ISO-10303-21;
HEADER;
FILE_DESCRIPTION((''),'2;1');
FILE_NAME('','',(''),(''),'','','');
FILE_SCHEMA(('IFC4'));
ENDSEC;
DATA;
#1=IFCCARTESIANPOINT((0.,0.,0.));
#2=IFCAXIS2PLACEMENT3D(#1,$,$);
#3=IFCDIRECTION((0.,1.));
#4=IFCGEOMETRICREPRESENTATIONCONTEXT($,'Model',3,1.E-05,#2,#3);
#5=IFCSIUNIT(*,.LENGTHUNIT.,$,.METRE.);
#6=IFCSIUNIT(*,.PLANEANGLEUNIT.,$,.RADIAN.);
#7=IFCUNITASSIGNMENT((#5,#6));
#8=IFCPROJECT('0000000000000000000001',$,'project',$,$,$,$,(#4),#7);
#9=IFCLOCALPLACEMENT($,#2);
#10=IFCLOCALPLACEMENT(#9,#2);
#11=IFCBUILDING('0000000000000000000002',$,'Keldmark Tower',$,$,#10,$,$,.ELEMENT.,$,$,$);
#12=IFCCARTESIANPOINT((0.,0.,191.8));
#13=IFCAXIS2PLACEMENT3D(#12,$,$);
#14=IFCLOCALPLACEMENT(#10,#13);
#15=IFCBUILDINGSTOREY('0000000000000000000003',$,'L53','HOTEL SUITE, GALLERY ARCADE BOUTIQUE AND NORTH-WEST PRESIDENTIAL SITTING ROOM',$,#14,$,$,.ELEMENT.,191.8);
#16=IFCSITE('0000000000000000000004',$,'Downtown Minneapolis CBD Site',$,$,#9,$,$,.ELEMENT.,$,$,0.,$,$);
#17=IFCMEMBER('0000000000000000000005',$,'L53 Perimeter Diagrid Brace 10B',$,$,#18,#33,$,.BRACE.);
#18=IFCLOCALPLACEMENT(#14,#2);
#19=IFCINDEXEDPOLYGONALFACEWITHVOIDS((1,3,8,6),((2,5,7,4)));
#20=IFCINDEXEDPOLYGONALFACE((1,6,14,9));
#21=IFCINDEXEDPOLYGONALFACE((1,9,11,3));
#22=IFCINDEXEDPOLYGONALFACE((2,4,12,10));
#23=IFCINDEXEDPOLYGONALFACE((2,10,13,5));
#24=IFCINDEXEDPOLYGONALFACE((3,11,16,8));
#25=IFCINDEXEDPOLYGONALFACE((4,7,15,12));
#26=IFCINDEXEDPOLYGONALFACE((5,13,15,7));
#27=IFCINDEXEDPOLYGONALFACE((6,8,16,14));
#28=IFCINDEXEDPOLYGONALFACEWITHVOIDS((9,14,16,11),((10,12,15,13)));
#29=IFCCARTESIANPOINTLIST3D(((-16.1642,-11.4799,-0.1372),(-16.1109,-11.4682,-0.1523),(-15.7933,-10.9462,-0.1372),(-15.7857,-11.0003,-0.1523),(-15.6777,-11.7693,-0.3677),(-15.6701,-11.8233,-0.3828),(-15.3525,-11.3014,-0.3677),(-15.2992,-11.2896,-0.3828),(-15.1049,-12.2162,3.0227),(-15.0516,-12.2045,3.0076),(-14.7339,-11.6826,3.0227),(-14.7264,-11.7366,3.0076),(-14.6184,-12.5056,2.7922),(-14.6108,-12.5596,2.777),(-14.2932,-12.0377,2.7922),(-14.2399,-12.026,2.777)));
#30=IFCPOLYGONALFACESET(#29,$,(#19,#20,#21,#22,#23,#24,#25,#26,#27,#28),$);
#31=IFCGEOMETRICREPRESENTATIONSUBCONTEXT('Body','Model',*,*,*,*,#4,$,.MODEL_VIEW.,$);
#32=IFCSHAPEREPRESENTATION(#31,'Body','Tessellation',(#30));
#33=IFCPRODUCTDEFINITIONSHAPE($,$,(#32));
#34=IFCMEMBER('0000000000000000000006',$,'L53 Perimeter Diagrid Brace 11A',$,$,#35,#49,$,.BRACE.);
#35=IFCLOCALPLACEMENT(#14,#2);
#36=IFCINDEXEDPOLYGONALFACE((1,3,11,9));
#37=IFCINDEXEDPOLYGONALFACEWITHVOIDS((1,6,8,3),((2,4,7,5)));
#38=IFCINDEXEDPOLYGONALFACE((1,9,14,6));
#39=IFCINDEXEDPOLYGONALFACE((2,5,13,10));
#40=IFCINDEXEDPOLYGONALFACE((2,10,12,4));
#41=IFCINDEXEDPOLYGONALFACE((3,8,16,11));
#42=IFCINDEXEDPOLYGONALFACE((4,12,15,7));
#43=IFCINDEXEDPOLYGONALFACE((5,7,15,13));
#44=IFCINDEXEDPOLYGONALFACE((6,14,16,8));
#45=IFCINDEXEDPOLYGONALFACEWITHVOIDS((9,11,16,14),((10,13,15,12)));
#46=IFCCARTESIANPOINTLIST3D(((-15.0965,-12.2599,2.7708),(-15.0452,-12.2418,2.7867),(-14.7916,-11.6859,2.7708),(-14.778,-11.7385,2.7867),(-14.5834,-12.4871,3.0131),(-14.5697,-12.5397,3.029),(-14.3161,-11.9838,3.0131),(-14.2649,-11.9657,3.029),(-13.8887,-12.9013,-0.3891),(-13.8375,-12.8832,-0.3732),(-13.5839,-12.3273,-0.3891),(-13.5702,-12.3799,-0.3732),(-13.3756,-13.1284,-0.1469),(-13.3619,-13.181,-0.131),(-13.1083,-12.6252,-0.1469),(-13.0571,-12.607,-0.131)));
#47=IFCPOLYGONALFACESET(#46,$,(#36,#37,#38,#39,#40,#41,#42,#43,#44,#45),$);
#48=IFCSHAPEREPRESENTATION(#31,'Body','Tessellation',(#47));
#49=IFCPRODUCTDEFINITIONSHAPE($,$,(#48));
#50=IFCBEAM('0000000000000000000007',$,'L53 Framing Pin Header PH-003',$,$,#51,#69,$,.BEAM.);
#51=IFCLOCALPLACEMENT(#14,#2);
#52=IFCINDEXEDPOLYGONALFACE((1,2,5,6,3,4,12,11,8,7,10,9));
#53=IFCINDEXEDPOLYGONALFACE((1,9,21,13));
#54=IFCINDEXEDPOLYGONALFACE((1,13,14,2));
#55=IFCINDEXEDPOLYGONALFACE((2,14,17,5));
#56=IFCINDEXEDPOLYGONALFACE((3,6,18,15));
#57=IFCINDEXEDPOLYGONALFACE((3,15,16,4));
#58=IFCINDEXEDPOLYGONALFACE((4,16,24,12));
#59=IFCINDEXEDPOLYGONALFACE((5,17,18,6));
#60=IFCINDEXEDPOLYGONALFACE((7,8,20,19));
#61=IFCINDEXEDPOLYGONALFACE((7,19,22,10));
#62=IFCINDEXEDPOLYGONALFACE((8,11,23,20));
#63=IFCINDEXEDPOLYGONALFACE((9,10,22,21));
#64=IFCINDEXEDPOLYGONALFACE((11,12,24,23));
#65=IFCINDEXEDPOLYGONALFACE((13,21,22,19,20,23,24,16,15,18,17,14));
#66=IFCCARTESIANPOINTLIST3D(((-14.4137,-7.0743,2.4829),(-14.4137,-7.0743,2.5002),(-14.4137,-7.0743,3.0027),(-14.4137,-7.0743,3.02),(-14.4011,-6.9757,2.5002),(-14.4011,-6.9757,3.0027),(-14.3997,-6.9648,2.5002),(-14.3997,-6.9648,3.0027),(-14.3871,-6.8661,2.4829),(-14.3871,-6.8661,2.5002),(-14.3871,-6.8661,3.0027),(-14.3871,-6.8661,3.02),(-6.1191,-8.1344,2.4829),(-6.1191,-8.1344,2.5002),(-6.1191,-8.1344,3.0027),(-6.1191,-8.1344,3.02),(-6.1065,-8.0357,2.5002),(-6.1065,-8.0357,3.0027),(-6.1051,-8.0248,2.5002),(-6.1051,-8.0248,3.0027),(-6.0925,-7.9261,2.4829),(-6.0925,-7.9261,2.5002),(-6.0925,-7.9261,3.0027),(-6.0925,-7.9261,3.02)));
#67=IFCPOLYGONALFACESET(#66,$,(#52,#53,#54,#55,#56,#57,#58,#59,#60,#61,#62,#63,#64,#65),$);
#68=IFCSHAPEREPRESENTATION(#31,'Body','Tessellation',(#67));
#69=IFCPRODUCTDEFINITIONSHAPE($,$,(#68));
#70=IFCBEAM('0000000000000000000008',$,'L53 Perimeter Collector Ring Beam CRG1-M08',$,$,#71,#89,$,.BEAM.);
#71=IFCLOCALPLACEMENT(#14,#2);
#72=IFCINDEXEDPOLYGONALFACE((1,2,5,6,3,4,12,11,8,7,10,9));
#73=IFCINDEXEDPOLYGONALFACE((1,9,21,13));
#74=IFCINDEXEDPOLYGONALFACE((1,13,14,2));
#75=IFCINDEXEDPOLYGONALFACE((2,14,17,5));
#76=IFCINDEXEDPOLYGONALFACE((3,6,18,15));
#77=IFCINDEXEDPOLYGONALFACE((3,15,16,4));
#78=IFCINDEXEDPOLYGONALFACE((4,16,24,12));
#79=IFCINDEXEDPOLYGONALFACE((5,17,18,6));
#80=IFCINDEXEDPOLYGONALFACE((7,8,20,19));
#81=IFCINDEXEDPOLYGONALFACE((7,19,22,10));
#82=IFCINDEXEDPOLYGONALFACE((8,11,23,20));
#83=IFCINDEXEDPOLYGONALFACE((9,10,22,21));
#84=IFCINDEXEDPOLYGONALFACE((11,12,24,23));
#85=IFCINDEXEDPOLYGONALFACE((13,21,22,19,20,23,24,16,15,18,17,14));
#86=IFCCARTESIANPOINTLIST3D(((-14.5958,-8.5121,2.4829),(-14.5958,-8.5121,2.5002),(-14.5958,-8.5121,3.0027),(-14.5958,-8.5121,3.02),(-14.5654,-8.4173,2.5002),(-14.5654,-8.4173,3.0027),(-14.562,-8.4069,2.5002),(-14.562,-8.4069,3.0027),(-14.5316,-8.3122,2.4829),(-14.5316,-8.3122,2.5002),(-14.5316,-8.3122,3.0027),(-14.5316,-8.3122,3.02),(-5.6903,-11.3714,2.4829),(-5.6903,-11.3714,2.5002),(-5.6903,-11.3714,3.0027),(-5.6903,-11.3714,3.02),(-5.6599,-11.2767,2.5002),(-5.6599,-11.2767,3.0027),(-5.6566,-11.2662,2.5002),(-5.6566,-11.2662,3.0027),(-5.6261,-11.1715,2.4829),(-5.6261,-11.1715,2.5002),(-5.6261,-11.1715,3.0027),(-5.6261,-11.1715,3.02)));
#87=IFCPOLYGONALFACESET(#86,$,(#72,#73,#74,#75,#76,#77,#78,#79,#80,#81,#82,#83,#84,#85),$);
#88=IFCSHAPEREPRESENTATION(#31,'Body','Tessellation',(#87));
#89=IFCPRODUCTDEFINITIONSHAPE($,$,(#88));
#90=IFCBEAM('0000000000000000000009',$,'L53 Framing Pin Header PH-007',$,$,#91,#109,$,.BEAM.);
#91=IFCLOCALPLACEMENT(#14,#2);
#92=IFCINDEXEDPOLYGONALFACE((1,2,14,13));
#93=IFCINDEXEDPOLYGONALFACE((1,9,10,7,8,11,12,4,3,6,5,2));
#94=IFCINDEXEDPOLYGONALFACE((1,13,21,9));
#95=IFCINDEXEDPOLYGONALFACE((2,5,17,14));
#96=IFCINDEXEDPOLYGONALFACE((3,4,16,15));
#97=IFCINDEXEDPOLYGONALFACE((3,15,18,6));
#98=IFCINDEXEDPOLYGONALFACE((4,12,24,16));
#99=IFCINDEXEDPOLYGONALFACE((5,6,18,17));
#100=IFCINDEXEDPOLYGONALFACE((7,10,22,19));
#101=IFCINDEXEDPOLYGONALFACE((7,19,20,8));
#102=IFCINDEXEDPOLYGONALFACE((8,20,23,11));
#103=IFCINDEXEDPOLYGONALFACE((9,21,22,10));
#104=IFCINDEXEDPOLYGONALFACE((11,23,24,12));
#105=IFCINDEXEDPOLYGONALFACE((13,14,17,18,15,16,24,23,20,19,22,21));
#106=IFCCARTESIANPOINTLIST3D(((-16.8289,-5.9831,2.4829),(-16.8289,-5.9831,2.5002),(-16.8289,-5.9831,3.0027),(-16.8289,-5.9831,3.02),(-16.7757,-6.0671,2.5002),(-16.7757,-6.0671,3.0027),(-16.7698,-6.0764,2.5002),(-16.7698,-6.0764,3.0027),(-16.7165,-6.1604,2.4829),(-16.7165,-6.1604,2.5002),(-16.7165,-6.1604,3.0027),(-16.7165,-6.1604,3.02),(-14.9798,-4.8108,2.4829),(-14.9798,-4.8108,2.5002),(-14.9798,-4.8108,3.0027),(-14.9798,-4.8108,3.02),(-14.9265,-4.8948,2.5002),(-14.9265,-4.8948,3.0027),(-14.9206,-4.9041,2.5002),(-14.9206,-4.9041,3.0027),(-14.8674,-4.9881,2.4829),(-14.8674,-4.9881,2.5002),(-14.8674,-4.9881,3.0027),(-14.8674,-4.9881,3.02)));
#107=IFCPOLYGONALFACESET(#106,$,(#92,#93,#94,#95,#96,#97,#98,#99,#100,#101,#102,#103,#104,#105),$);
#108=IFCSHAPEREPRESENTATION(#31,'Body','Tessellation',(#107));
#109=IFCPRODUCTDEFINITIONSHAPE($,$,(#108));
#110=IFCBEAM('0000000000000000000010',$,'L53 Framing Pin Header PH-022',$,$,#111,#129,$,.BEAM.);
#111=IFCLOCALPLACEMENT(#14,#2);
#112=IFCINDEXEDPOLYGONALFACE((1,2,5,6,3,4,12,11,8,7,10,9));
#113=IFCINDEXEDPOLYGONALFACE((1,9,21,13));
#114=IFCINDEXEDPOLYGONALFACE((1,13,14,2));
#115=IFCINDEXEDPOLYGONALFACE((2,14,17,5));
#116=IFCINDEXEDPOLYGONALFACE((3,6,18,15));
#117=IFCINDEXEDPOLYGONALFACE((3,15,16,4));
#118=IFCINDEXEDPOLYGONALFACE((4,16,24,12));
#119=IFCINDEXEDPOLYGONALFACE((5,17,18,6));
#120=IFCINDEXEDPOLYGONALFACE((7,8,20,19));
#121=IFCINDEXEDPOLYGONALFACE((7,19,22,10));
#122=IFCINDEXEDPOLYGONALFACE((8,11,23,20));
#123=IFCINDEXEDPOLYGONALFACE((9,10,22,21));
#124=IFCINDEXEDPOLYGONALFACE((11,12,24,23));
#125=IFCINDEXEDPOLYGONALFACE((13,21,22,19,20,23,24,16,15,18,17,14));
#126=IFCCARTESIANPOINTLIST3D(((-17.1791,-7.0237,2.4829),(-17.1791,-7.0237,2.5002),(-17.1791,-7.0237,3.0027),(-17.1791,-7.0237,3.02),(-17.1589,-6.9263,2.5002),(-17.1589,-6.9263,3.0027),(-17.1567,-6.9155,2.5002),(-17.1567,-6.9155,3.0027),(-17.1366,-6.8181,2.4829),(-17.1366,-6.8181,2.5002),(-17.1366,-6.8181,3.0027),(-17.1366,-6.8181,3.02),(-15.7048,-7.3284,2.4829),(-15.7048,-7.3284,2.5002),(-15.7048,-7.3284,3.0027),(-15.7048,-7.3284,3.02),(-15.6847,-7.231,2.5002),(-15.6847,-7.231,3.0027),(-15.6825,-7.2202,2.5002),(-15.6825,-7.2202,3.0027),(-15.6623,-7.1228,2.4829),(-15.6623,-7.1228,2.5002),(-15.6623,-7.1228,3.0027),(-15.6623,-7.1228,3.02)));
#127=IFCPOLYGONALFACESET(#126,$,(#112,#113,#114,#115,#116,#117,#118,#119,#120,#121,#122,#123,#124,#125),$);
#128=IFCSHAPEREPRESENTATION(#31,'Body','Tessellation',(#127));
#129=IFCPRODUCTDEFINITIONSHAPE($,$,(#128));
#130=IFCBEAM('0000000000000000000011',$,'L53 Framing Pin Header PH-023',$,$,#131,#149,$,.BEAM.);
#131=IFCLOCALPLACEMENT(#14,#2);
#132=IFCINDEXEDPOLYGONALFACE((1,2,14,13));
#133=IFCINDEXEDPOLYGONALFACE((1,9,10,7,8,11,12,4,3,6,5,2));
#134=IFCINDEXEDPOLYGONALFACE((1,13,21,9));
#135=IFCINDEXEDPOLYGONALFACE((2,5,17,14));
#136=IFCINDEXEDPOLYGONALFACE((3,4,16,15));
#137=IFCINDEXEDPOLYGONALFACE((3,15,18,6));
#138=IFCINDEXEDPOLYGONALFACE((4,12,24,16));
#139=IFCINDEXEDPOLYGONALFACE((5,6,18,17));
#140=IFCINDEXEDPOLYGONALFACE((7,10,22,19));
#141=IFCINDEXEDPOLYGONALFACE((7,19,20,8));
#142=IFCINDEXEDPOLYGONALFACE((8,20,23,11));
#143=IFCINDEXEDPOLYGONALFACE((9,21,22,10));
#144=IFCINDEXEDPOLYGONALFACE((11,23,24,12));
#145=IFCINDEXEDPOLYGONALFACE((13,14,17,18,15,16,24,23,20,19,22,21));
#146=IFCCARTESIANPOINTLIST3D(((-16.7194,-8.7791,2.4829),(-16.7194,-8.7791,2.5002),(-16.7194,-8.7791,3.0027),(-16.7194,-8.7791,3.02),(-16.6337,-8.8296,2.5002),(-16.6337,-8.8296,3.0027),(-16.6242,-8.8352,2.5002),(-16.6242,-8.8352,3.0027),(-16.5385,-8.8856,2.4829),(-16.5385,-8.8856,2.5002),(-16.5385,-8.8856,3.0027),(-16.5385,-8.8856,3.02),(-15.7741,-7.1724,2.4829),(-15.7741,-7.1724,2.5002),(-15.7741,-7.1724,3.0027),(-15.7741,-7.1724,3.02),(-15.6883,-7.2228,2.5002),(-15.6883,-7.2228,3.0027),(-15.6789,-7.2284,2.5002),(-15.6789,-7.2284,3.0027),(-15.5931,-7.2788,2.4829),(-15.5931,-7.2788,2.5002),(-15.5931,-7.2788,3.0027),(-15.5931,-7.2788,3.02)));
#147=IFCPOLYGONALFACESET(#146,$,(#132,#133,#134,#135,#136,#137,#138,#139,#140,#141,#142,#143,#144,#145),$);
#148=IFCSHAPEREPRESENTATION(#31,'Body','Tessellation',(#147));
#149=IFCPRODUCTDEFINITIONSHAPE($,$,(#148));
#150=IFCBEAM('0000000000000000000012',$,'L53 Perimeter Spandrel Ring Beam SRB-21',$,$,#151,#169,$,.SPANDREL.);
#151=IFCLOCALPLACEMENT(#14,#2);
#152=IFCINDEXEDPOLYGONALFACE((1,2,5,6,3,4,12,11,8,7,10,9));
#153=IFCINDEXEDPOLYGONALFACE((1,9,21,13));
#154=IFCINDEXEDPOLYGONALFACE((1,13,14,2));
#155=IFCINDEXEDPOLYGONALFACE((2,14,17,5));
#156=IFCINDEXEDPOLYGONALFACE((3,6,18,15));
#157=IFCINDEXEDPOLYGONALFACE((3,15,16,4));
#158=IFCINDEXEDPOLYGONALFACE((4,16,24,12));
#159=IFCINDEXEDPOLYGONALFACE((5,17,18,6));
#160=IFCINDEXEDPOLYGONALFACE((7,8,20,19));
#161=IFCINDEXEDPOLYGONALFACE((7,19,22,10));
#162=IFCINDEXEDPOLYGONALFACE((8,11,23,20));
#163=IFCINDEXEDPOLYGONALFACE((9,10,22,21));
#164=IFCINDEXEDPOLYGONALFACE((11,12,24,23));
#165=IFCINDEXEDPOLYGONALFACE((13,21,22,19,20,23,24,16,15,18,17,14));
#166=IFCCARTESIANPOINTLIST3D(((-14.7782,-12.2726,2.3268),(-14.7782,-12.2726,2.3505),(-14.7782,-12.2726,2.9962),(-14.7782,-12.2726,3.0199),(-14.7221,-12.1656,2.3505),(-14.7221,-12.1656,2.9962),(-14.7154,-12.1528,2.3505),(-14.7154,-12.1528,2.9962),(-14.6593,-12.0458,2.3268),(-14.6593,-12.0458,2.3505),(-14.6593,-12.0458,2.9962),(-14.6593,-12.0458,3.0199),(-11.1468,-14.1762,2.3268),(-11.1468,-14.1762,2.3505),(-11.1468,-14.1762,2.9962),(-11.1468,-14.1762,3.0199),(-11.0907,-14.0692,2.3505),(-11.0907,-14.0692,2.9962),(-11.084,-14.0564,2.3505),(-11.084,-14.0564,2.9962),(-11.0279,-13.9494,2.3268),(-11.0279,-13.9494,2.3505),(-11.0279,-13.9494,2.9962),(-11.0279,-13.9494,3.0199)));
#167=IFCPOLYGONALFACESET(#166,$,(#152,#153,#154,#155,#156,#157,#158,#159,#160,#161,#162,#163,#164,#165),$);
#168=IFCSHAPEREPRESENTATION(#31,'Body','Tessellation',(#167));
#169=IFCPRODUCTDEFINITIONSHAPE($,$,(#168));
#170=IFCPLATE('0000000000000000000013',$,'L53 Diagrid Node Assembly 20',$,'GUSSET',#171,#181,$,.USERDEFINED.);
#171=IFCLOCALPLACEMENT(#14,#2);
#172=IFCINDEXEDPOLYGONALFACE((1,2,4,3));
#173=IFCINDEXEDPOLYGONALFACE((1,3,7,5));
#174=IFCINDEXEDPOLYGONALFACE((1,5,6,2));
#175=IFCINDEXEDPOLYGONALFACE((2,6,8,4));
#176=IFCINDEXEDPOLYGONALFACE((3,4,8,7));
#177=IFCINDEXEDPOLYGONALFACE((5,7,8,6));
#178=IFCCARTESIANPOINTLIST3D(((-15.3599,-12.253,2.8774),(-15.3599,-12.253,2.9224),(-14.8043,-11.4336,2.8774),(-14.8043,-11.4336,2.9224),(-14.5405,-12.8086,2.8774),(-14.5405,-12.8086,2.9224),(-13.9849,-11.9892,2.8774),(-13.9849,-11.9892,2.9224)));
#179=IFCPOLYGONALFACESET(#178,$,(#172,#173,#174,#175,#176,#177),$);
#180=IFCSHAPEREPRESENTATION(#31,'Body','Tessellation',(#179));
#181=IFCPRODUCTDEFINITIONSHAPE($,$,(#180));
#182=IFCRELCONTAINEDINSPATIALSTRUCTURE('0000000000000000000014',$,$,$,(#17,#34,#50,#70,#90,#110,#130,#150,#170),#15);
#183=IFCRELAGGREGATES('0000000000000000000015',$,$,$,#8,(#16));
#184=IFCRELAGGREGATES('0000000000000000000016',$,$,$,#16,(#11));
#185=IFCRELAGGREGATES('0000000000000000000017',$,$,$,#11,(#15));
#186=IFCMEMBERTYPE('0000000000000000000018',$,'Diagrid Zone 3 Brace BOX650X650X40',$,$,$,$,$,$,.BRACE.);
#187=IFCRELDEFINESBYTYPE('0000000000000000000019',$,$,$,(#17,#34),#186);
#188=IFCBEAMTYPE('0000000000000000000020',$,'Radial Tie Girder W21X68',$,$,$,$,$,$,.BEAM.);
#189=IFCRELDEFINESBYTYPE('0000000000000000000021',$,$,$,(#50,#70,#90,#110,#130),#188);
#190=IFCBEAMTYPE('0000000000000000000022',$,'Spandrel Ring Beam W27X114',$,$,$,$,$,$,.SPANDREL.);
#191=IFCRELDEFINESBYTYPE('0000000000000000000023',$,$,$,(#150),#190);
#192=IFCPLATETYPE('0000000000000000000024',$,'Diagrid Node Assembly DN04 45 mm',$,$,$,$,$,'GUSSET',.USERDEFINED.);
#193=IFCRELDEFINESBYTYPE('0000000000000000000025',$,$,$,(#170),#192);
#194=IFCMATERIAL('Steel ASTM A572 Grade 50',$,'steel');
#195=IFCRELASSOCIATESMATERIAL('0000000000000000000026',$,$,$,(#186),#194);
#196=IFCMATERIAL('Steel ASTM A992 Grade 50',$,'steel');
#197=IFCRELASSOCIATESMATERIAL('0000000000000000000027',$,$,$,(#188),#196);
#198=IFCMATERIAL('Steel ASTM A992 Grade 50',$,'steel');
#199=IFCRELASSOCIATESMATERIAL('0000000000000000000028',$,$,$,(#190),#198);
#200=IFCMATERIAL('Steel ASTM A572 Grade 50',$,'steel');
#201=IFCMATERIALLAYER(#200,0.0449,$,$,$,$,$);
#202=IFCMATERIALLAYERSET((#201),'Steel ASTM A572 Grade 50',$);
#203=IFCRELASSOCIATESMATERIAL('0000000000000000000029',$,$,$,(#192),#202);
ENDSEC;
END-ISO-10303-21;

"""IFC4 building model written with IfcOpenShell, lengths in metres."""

from ifc_helpers import new_model, si_unit, direction, frame, origin, origin_2d, place, context, subcontext, project, spatial, rectangle, hollow_rectangle, i_section, extrude, material, layer, layer_set, material_profile, profile_set, type_object, element, save


model = new_model("IFC4")

# Units and contexts
model_context = context("Model", 3, precision=1e-05, world=origin(), true_north=direction((0.0, 1.0)))
body_context = subcontext(model_context, "Body", "Model", "MODEL_VIEW")
ifc_project = project(units=[si_unit("LENGTHUNIT", "METRE"), si_unit("PLANEANGLEUNIT", "RADIAN")], contexts=[model_context])

# Site, building, storey
site_placement = place(None, origin())
site = spatial("IfcSite", under=ifc_project, at=site_placement, Name="Downtown Minneapolis CBD Site", CompositionType="ELEMENT", RefElevation=0.0)
building_placement = place(site_placement, origin())
building = spatial("IfcBuilding", under=site, at=building_placement, Name="Keldmark Tower", CompositionType="ELEMENT")
storey_placement = place(building_placement, frame((0.0, 0.0, 191.8)))
storey = spatial("IfcBuildingStorey", under=building, at=storey_placement, Name="L53", Description="HOTEL SUITE, GALLERY ARCADE BOUTIQUE AND NORTH-WEST PRESIDENTIAL SITTING ROOM", CompositionType="ELEMENT", Elevation=191.8)

# Members
ifc_material_1 = material(Name="Steel ASTM A572 Grade 50", Category="steel")
ifc_material_profile_1 = material_profile(ifc_material_1, hollow_rectangle(XDim=0.6499, YDim=0.6499, WallThickness=0.04, at=origin_2d()), Name="BOX650X650X40")
ifc_profile_set_1 = profile_set([ifc_material_profile_1], Name="Steel ASTM A572 Grade 50")
member_type = type_object("IfcMemberType", Name="Diagrid Zone 3 Brace BOX650X650X40", PredefinedType="BRACE", material=ifc_profile_set_1)
member_1_placement = place(storey_placement, frame((-15.7317, -11.3848, -0.26), z_axis=(0.310369, -0.215735, 0.925813), x_axis=(0.570754, 0.821121, 0.0)))
element("IfcMember", 1, at=member_1_placement, inside=storey, type_object=member_type, Name="L53 Perimeter Diagrid Brace 10B", PredefinedType="BRACE", context=body_context, shape_type="SweptSolid", body=[
    extrude(hollow_rectangle(XDim=0.6499, YDim=0.6499, WallThickness=0.04, at=origin_2d()), origin(), (0.0, 0.0, 1.0), 3.4131),
])
member_2_placement = place(storey_placement, frame((-13.4729, -12.7542, -0.26), z_axis=(-0.350776, 0.186272, 0.917747), x_axis=(-0.469003, -0.883197, 0.0)))
element("IfcMember", 2, at=member_2_placement, inside=storey, type_object=member_type, Name="L53 Perimeter Diagrid Brace 11A", PredefinedType="BRACE", context=body_context, shape_type="SweptSolid", body=[
    extrude(hollow_rectangle(XDim=0.6499, YDim=0.6499, WallThickness=0.04, at=origin_2d()), origin(), (0.0, 0.0, 1.0), 3.4431),
])

# Beams
ifc_material_2 = material(Name="Steel ASTM A992 Grade 50", Category="steel")
ifc_material_profile_2 = material_profile(ifc_material_2, i_section(OverallWidth=0.21, OverallDepth=0.5371, WebThickness=0.011, FlangeThickness=0.0173, at=origin_2d()), Name="W21X68")
ifc_profile_set_2 = profile_set([ifc_material_profile_2], Name="Steel ASTM A992 Grade 50")
beam_type_1 = type_object("IfcBeamType", Name="Radial Tie Girder W21X68", PredefinedType="BEAM", material=ifc_profile_set_2)
beam_1_placement = place(storey_placement, frame((-14.4004, -6.9702, 2.7515), z_axis=(0.991932, -0.126769, 0.0), x_axis=(0.126769, 0.991932, 0.0)))
element("IfcBeam", 3, at=beam_1_placement, inside=storey, type_object=beam_type_1, Name="L53 Framing Pin Header PH-003", PredefinedType="BEAM", context=body_context, shape_type="SweptSolid", body=[
    extrude(i_section(OverallWidth=0.21, OverallDepth=0.5371, WebThickness=0.011, FlangeThickness=0.0173, at=origin_2d()), origin(), (0.0, 0.0, 1.0), 8.3621),
])
beam_2_placement = place(storey_placement, frame((-14.5637, -8.4121, 2.7515), z_axis=(0.952125, -0.305708, 0.0), x_axis=(0.305708, 0.952125, 0.0)))
element("IfcBeam", 4, at=beam_2_placement, inside=storey, type_object=beam_type_1, Name="L53 Perimeter Collector Ring Beam CRG1-M08", PredefinedType="BEAM", context=body_context, shape_type="SweptSolid", body=[
    extrude(i_section(OverallWidth=0.21, OverallDepth=0.5371, WebThickness=0.011, FlangeThickness=0.0173, at=origin_2d()), origin(), (0.0, 0.0, 1.0), 9.3533),
])
beam_3_placement = place(storey_placement, frame((-14.9236, -4.8994, 2.7515), z_axis=(-0.84456, -0.535461, 0.0), x_axis=(0.535461, -0.84456, 0.0)))
element("IfcBeam", 5, at=beam_3_placement, inside=storey, type_object=beam_type_1, Name="L53 Framing Pin Header PH-007", PredefinedType="BEAM", context=body_context, shape_type="SweptSolid", body=[
    extrude(i_section(OverallWidth=0.21, OverallDepth=0.5371, WebThickness=0.011, FlangeThickness=0.0173, at=origin_2d()), origin(), (0.0, 0.0, 1.0), 2.1895),
])
beam_4_placement = place(storey_placement, frame((-15.6836, -7.2256, 2.7515), z_axis=(-0.9793, 0.202413, 0.0), x_axis=(-0.202413, -0.9793, 0.0)))
element("IfcBeam", 6, at=beam_4_placement, inside=storey, type_object=beam_type_1, Name="L53 Framing Pin Header PH-022", PredefinedType="BEAM", context=body_context, shape_type="SweptSolid", body=[
    extrude(i_section(OverallWidth=0.21, OverallDepth=0.5371, WebThickness=0.011, FlangeThickness=0.0173, at=origin_2d()), origin(), (0.0, 0.0, 1.0), 1.5054),
])
beam_5_placement = place(storey_placement, frame((-15.6836, -7.2256, 2.7515), z_axis=(-0.5071, -0.861887, 0.0), x_axis=(0.861887, -0.5071, 0.0)))
element("IfcBeam", 7, at=beam_5_placement, inside=storey, type_object=beam_type_1, Name="L53 Framing Pin Header PH-023", PredefinedType="BEAM", context=body_context, shape_type="SweptSolid", body=[
    extrude(i_section(OverallWidth=0.21, OverallDepth=0.5371, WebThickness=0.011, FlangeThickness=0.0173, at=origin_2d()), origin(), (0.0, 0.0, 1.0), 1.8643),
])
ifc_material_3 = material(Name="Steel ASTM A992 Grade 50", Category="steel")
ifc_material_profile_3 = material_profile(ifc_material_3, i_section(OverallWidth=0.2561, OverallDepth=0.6931, WebThickness=0.0144, FlangeThickness=0.0237, at=origin_2d()), Name="W27X114")
ifc_profile_set_3 = profile_set([ifc_material_profile_3], Name="Steel ASTM A992 Grade 50")
beam_type_2 = type_object("IfcBeamType", Name="Spandrel Ring Beam W27X114", PredefinedType="SPANDREL", material=ifc_profile_set_3)
beam_6_placement = place(storey_placement, frame((-14.7188, -12.1592, 2.6733), z_axis=(0.885688, -0.464281, 0.0), x_axis=(0.464281, 0.885688, 0.0)))
element("IfcBeam", 8, at=beam_6_placement, inside=storey, type_object=beam_type_2, Name="L53 Perimeter Spandrel Ring Beam SRB-21", PredefinedType="SPANDREL", context=body_context, shape_type="SweptSolid", body=[
    extrude(i_section(OverallWidth=0.2561, OverallDepth=0.6931, WebThickness=0.0144, FlangeThickness=0.0237, at=origin_2d()), origin(), (0.0, 0.0, 1.0), 4.1001),
])

# Plate
ifc_material_4 = material(Name="Steel ASTM A572 Grade 50", Category="steel")
ifc_layer_1 = layer(ifc_material_4, 0.0449)
ifc_layer_set_1 = layer_set([ifc_layer_1], Name="Steel ASTM A572 Grade 50")
plate_type = type_object("IfcPlateType", Name="Diagrid Node Assembly DN04 45 mm", ElementType="GUSSET", PredefinedType="USERDEFINED", material=ifc_layer_set_1)
plate_placement = place(storey_placement, frame((-14.6724, -12.1211, 2.8774), z_axis=(0.0, 0.0, 1.0), x_axis=(0.827669, -0.561217, 0.0)))
element("IfcPlate", 9, at=plate_placement, inside=storey, type_object=plate_type, Name="L53 Diagrid Node Assembly 20", ObjectType="GUSSET", PredefinedType="USERDEFINED", context=body_context, shape_type="SweptSolid", body=[
    extrude(rectangle(XDim=0.99, YDim=0.99, at=origin_2d()), origin(), (0.0, 0.0, 1.0), 0.0449),
])

save(model, "model.ifc")
